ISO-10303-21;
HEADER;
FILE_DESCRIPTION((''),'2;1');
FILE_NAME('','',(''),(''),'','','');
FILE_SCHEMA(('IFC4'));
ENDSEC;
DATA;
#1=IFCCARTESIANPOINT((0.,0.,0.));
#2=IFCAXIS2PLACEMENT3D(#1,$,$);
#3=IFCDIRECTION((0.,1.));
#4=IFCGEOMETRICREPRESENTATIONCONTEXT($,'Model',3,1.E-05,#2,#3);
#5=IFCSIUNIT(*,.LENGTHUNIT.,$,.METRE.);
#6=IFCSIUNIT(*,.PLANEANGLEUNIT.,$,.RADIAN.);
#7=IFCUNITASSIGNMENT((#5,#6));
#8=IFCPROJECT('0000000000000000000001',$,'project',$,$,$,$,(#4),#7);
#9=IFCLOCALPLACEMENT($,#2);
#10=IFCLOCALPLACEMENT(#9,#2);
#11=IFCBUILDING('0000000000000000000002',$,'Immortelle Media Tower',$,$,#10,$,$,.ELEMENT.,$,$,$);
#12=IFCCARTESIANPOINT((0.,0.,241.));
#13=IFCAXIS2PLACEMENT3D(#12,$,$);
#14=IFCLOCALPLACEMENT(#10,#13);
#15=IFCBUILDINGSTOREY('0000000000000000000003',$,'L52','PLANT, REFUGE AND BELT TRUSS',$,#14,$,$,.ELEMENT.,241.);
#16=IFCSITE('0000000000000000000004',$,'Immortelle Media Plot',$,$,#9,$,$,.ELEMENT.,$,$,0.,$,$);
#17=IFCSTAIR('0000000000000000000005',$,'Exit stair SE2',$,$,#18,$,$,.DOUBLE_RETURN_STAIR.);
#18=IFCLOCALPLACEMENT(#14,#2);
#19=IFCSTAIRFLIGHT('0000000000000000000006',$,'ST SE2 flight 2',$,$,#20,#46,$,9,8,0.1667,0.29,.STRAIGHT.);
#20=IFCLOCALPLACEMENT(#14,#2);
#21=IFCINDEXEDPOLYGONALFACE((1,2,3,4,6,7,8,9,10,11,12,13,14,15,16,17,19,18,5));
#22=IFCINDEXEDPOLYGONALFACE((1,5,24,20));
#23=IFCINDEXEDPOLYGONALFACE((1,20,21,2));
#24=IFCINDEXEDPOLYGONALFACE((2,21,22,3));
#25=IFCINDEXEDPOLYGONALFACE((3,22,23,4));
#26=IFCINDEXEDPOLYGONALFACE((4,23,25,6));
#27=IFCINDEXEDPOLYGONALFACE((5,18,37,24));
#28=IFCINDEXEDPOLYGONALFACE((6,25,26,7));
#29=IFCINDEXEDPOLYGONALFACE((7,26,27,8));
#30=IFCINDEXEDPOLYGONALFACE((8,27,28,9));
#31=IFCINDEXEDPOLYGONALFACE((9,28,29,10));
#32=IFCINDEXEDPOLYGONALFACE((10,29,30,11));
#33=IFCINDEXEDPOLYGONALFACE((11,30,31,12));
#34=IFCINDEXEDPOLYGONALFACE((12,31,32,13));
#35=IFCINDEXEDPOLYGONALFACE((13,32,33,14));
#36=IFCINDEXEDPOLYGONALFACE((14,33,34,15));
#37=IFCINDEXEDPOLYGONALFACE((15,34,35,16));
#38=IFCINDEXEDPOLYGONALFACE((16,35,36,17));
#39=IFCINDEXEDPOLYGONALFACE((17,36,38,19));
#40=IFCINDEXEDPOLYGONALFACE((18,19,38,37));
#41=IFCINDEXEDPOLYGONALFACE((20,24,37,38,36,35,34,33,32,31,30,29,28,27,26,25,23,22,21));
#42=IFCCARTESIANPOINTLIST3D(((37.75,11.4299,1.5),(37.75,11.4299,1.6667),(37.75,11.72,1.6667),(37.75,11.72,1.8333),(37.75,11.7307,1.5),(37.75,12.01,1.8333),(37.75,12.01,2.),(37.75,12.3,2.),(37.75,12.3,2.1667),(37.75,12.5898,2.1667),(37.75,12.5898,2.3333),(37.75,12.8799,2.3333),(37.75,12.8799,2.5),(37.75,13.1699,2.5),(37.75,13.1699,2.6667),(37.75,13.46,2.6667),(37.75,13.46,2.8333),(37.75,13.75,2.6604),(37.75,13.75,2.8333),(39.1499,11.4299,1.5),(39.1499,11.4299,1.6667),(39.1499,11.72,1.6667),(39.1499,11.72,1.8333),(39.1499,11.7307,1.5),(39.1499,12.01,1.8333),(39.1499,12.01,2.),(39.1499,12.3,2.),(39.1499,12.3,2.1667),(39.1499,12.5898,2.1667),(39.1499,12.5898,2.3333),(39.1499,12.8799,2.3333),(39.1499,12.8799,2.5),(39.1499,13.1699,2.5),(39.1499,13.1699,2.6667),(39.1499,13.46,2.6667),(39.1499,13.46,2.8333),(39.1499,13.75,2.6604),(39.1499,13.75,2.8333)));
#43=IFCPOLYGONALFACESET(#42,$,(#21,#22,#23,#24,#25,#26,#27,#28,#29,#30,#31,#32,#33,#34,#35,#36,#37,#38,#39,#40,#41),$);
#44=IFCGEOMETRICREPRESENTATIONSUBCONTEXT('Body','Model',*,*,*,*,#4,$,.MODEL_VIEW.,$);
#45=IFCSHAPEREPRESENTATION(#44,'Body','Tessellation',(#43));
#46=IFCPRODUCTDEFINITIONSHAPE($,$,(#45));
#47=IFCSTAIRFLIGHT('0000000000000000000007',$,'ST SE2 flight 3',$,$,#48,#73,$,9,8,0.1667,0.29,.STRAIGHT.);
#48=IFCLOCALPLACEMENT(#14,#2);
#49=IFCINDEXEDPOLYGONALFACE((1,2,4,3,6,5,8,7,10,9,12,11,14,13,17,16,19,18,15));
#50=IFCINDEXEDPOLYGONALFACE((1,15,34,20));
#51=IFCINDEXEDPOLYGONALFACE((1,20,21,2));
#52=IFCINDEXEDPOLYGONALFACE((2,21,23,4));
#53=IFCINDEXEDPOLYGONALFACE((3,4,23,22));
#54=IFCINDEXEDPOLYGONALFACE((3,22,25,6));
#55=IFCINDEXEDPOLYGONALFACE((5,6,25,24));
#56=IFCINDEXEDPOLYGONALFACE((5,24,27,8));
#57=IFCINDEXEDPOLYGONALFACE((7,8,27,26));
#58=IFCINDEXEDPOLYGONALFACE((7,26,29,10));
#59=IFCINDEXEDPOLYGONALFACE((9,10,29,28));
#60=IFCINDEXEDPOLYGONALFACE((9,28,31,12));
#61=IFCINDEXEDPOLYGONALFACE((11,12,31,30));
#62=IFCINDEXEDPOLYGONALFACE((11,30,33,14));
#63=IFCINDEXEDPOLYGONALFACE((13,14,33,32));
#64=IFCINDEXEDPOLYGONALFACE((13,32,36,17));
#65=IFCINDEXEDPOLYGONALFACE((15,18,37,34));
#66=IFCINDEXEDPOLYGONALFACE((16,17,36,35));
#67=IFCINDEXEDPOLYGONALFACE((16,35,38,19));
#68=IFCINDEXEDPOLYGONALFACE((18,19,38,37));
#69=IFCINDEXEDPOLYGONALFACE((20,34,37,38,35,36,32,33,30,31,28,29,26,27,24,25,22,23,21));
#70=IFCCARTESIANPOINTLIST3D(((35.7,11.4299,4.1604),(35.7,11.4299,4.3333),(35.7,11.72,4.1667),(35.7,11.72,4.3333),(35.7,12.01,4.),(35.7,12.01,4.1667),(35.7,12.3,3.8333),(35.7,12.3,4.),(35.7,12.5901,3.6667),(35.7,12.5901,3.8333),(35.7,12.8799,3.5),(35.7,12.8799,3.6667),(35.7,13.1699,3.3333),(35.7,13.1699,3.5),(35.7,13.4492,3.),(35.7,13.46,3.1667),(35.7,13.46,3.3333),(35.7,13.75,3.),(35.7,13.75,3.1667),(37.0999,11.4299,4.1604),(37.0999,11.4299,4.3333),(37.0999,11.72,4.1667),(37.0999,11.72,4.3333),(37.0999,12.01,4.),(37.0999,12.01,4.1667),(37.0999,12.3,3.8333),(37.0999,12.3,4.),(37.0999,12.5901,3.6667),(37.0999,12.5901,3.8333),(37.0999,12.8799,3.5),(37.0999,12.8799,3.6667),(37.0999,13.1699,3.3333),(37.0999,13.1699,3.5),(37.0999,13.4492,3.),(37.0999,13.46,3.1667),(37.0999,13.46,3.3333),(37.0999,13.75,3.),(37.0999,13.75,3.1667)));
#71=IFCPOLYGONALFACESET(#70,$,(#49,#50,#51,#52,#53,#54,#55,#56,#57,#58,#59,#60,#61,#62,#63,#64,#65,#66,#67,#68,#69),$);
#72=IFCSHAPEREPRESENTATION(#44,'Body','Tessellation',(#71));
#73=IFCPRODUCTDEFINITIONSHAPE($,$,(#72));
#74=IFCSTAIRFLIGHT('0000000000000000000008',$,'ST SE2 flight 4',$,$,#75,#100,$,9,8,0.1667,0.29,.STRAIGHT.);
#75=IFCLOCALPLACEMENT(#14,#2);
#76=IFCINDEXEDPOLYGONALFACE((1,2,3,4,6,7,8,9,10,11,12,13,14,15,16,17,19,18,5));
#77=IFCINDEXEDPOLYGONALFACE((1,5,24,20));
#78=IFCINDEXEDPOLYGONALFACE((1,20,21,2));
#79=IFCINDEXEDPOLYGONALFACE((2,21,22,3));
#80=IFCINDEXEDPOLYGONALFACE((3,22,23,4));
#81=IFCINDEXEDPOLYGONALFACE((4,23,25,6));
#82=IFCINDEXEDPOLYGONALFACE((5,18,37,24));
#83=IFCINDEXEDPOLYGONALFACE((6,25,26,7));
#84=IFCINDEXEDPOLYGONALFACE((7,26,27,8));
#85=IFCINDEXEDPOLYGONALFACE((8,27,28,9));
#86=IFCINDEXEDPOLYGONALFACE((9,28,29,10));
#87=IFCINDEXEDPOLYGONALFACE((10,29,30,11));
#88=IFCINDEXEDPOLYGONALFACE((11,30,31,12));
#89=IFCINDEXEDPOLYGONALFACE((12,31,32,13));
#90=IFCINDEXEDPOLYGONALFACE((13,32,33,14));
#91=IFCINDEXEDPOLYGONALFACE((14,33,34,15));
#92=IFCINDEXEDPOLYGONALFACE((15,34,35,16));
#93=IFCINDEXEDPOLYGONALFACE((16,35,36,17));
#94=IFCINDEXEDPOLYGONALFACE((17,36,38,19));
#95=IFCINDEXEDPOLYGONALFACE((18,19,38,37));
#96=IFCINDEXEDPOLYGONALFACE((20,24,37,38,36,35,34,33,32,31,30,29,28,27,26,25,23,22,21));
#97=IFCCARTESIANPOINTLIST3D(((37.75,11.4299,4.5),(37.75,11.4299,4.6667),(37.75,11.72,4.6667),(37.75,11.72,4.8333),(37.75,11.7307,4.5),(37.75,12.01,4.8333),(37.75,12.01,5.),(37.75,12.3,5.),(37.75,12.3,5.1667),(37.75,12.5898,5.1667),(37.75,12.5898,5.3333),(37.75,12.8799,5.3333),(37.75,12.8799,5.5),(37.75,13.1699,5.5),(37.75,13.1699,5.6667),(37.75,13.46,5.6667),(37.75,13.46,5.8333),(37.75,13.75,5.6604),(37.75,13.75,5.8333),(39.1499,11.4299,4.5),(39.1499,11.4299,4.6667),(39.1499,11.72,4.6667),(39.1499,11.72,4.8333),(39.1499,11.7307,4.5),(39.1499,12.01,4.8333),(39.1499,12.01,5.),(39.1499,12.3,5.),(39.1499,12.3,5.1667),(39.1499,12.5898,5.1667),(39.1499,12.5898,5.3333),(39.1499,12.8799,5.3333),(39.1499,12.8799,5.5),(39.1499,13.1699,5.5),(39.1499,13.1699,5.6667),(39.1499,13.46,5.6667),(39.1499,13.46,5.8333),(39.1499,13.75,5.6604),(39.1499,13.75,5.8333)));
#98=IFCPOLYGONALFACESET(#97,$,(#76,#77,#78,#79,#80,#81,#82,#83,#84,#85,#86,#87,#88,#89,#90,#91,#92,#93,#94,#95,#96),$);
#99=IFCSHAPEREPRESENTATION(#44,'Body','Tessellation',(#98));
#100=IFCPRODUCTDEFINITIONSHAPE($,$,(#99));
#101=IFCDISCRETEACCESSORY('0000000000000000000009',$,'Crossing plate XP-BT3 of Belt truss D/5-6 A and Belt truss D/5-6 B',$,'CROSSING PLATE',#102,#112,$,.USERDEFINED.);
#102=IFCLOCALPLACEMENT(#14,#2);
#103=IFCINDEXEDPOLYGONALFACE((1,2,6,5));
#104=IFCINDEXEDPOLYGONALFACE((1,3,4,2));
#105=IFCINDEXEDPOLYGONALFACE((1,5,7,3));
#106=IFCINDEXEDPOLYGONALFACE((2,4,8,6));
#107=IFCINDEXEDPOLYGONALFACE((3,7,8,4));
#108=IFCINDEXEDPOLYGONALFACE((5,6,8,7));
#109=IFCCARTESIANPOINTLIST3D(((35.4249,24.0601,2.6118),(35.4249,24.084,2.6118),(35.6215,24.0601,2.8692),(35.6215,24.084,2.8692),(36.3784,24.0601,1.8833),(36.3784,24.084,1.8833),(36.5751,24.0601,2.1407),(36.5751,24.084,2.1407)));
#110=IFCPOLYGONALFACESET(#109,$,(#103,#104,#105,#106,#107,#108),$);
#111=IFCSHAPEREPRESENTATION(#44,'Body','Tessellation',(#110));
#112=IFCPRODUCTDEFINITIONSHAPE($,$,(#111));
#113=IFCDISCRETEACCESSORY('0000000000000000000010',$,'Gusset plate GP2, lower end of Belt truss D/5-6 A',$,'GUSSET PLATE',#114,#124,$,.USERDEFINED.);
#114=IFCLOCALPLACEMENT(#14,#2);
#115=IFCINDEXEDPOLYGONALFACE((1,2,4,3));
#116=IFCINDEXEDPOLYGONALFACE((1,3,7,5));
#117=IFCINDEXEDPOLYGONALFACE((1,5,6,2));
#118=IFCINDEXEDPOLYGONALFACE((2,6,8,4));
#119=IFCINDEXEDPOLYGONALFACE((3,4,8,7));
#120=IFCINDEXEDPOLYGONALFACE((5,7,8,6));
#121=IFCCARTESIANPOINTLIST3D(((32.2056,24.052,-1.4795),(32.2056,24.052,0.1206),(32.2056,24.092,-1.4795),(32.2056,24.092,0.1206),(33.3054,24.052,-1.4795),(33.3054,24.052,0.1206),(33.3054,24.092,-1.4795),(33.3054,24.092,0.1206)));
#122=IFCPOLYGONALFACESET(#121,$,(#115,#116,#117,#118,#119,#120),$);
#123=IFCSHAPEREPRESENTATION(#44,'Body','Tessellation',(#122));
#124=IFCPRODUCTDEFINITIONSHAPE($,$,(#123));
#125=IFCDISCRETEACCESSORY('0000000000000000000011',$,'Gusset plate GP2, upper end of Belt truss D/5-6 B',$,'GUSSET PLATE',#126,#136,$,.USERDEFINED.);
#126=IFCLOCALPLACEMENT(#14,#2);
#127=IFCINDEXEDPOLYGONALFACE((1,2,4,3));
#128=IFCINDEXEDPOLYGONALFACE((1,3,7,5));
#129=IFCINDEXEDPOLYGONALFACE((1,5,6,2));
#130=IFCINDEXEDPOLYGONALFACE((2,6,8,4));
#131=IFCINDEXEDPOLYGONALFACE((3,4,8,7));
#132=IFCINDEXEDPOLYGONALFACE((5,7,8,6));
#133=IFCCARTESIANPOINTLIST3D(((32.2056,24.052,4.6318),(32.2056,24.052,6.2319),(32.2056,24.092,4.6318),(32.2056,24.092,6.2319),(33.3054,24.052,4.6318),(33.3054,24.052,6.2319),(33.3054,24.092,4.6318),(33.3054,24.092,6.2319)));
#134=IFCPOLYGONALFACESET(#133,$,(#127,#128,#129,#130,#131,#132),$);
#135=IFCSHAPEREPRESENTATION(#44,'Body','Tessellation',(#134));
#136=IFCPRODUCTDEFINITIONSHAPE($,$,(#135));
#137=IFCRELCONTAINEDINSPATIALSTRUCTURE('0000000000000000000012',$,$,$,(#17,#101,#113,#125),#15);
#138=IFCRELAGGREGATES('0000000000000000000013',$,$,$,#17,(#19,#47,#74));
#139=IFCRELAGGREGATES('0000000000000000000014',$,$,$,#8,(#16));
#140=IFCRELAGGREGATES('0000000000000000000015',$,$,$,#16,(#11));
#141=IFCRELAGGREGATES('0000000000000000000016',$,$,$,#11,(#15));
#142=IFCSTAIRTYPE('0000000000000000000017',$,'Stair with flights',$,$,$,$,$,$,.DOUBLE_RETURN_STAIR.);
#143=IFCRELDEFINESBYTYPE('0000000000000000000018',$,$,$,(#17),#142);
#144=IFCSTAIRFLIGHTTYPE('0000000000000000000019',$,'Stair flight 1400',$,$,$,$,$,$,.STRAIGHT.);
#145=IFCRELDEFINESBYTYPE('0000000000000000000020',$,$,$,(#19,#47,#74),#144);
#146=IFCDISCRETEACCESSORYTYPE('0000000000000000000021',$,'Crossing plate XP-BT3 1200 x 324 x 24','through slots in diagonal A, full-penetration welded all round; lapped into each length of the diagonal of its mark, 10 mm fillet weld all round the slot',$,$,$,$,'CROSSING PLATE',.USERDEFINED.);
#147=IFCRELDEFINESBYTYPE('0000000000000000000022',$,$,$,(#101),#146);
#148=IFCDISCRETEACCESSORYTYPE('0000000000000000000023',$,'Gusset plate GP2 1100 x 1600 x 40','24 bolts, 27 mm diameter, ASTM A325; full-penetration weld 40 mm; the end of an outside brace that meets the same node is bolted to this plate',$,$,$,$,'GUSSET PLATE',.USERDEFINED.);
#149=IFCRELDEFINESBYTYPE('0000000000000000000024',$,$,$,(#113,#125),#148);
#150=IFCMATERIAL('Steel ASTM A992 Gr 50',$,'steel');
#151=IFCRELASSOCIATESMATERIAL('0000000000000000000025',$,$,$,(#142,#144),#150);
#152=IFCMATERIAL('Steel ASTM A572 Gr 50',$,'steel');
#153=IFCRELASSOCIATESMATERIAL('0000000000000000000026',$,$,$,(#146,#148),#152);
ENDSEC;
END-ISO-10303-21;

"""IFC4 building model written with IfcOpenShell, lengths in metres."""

from ifc_helpers import new_model, si_unit, direction, frame, origin, origin_2d, place, context, subcontext, project, spatial, polyline, rectangle, outline, extrude, material, material_profile, profile_set, type_object, element, aggregate, save


model = new_model("IFC4")

# Units and contexts
model_context = context("Model", 3, precision=1e-05, world=origin(), true_north=direction((0.0, 1.0)))
body_context = subcontext(model_context, "Body", "Model", "MODEL_VIEW")
ifc_project = project(units=[si_unit("LENGTHUNIT", "METRE"), si_unit("PLANEANGLEUNIT", "RADIAN")], contexts=[model_context])

# Site, building, storey
site_placement = place(None, origin())
site = spatial("IfcSite", under=ifc_project, at=site_placement, Name="Immortelle Media Plot", CompositionType="ELEMENT", RefElevation=0.0)
building_placement = place(site_placement, origin())
building = spatial("IfcBuilding", under=site, at=building_placement, Name="Immortelle Media Tower", CompositionType="ELEMENT")
storey_placement = place(building_placement, frame((0.0, 0.0, 241.0)))
storey = spatial("IfcBuildingStorey", under=building, at=storey_placement, Name="L52", Description="PLANT, REFUGE AND BELT TRUSS", CompositionType="ELEMENT", Elevation=241.0)

# Shared definitions
ifc_material_1 = material(Name="Steel ASTM A992 Gr 50", Category="steel")

# Stair, stair flights
stair_type = type_object("IfcStairType", Name="Stair with flights", PredefinedType="DOUBLE_RETURN_STAIR", material=ifc_material_1)
stair_flight_type = type_object("IfcStairFlightType", Name="Stair flight 1400", PredefinedType="STRAIGHT", material=ifc_material_1)
stair_1_placement = place(storey_placement, origin())
stair_1 = element("IfcStair", 1, at=stair_1_placement, inside=storey, type_object=stair_type, Name="Exit stair SE2", PredefinedType="DOUBLE_RETURN_STAIR")
stair_flight_1_placement = place(storey_placement, frame((38.45, 11.4299, 1.5), z_axis=(0.0, 0.0, 1.0), x_axis=(0.0, 1.0, 0.0)))
stair_flight_1 = element("IfcStairFlight", 2, at=stair_flight_1_placement, type_object=stair_flight_type, Name="ST SE2 flight 2", NumberOfRisers=9, NumberOfTreads=8, PredefinedType="STRAIGHT", RiserHeight=0.1667, TreadLength=0.29, context=body_context, shape_type="SweptSolid", body=[
    extrude(outline(polyline([(0.0, 0.0), (0.0, 0.1667), (0.29, 0.1667), (0.29, 0.3333), (0.5801, 0.3333), (0.5801, 0.5), (0.8701, 0.5), (0.8701, 0.6667), (1.1599, 0.6667), (1.1599, 0.8333), (1.45, 0.8333), (1.45, 1.0), (1.74, 1.0), (1.74, 1.1667), (2.03, 1.1667), (2.03, 1.3333), (2.3201, 1.3333), (2.3201, 1.5), (2.3201, 1.1604), (0.3008, 0.0), (0.0, 0.0)])), frame((0.0, 0.7, 0.0), z_axis=(0.0, -1.0, 0.0), x_axis=(1.0, 0.0, 0.0)), (0.0, 0.0, 1.0), 1.3999),
])
stair_flight_2_placement = place(storey_placement, frame((36.3999, 13.75, 3.0), z_axis=(0.0, 0.0, 1.0), x_axis=(0.0, -1.0, 0.0)))
stair_flight_2 = element("IfcStairFlight", 3, at=stair_flight_2_placement, type_object=stair_flight_type, Name="ST SE2 flight 3", NumberOfRisers=9, NumberOfTreads=8, PredefinedType="STRAIGHT", RiserHeight=0.1667, TreadLength=0.29, context=body_context, shape_type="SweptSolid", body=[
    extrude(outline(polyline([(0.0, 0.0), (0.0, 0.1667), (0.29, 0.1667), (0.29, 0.3333), (0.5801, 0.3333), (0.5801, 0.5), (0.8701, 0.5), (0.8701, 0.6667), (1.1599, 0.6667), (1.1599, 0.8333), (1.45, 0.8333), (1.45, 1.0), (1.74, 1.0), (1.74, 1.1667), (2.03, 1.1667), (2.03, 1.3333), (2.3201, 1.3333), (2.3201, 1.5), (2.3201, 1.1604), (0.3008, 0.0), (0.0, 0.0)])), frame((0.0, 0.7, 0.0), z_axis=(0.0, -1.0, 0.0), x_axis=(1.0, 0.0, 0.0)), (0.0, 0.0, 1.0), 1.3999),
])
stair_flight_3_placement = place(storey_placement, frame((38.45, 11.4299, 4.5), z_axis=(0.0, 0.0, 1.0), x_axis=(0.0, 1.0, 0.0)))
stair_flight_3 = element("IfcStairFlight", 4, at=stair_flight_3_placement, type_object=stair_flight_type, Name="ST SE2 flight 4", NumberOfRisers=9, NumberOfTreads=8, PredefinedType="STRAIGHT", RiserHeight=0.1667, TreadLength=0.29, context=body_context, shape_type="SweptSolid", body=[
    extrude(outline(polyline([(0.0, 0.0), (0.0, 0.1667), (0.29, 0.1667), (0.29, 0.3333), (0.5801, 0.3333), (0.5801, 0.5), (0.8701, 0.5), (0.8701, 0.6667), (1.1599, 0.6667), (1.1599, 0.8333), (1.45, 0.8333), (1.45, 1.0), (1.74, 1.0), (1.74, 1.1667), (2.03, 1.1667), (2.03, 1.3333), (2.3201, 1.3333), (2.3201, 1.5), (2.3201, 1.1604), (0.3008, 0.0), (0.0, 0.0)])), frame((0.0, 0.7, 0.0), z_axis=(0.0, -1.0, 0.0), x_axis=(1.0, 0.0, 0.0)), (0.0, 0.0, 1.0), 1.3999),
])
aggregate(stair_1, [stair_flight_1, stair_flight_2, stair_flight_3])

# Discrete accessories
ifc_material_2 = material(Name="Steel ASTM A572 Gr 50", Category="steel")
ifc_material_profile_1 = material_profile(ifc_material_2, rectangle(XDim=0.0239, YDim=0.324, at=origin_2d()), Name="PL 24 x 324")
ifc_profile_set_1 = profile_set([ifc_material_profile_1], Name="Steel ASTM A572 Gr 50")
discrete_accessory_type_1 = type_object("IfcDiscreteAccessoryType", Name="Crossing plate XP-BT3 1200 x 324 x 24", Description="through slots in diagonal A, full-penetration welded all round; lapped into each length of the diagonal of its mark, 10 mm fillet weld all round the slot", ElementType="CROSSING PLATE", PredefinedType="USERDEFINED", material=ifc_profile_set_1)
discrete_accessory_placement = place(storey_placement, frame((35.5232, 24.072, 2.7405), z_axis=(0.794646, 0.0, -0.607072), x_axis=(0.0, 1.0, 0.0)))
element("IfcDiscreteAccessory", 5, at=discrete_accessory_placement, inside=storey, type_object=discrete_accessory_type_1, Name="Crossing plate XP-BT3 of Belt truss D/5-6 A and Belt truss D/5-6 B", ObjectType="CROSSING PLATE", PredefinedType="USERDEFINED", context=body_context, shape_type="SweptSolid", body=[
    extrude(rectangle(XDim=0.0239, YDim=0.324, at=origin_2d()), origin(), (0.0, 0.0, 1.0), 1.2),
])
ifc_material_profile_2 = material_profile(ifc_material_2, rectangle(XDim=0.04, YDim=1.6001, at=origin_2d()), Name="PL 40 x 1600")
ifc_profile_set_2 = profile_set([ifc_material_profile_2], Name="Steel ASTM A572 Gr 50")
discrete_accessory_type_2 = type_object("IfcDiscreteAccessoryType", Name="Gusset plate GP2 1100 x 1600 x 40", Description="24 bolts, 27 mm diameter, ASTM A325; full-penetration weld 40 mm; the end of an outside brace that meets the same node is bolted to this plate", ElementType="GUSSET PLATE", PredefinedType="USERDEFINED", material=ifc_profile_set_2)
for number, where, z_axis, x_axis, name in (
    (6, (32.2056, 24.072, -0.6794), (1.0, 0.0, 0.0), (0.0, 1.0, 0.0), "Gusset plate GP2, lower end of Belt truss D/5-6 A"),
    (7, (32.2056, 24.072, 5.4319), (1.0, 0.0, 0.0), (0.0, 1.0, 0.0), "Gusset plate GP2, upper end of Belt truss D/5-6 B"),
):
    element("IfcDiscreteAccessory", number, at=place(storey_placement, frame(where, z_axis=z_axis, x_axis=x_axis)), inside=storey, type_object=discrete_accessory_type_2, Name=name, ObjectType="GUSSET PLATE", PredefinedType="USERDEFINED", context=body_context, shape_type="SweptSolid", body=[
        extrude(rectangle(XDim=0.04, YDim=1.6001, at=origin_2d()), origin(), (0.0, 0.0, 1.0), 1.0999),
    ])

save(model, "model.ifc")
